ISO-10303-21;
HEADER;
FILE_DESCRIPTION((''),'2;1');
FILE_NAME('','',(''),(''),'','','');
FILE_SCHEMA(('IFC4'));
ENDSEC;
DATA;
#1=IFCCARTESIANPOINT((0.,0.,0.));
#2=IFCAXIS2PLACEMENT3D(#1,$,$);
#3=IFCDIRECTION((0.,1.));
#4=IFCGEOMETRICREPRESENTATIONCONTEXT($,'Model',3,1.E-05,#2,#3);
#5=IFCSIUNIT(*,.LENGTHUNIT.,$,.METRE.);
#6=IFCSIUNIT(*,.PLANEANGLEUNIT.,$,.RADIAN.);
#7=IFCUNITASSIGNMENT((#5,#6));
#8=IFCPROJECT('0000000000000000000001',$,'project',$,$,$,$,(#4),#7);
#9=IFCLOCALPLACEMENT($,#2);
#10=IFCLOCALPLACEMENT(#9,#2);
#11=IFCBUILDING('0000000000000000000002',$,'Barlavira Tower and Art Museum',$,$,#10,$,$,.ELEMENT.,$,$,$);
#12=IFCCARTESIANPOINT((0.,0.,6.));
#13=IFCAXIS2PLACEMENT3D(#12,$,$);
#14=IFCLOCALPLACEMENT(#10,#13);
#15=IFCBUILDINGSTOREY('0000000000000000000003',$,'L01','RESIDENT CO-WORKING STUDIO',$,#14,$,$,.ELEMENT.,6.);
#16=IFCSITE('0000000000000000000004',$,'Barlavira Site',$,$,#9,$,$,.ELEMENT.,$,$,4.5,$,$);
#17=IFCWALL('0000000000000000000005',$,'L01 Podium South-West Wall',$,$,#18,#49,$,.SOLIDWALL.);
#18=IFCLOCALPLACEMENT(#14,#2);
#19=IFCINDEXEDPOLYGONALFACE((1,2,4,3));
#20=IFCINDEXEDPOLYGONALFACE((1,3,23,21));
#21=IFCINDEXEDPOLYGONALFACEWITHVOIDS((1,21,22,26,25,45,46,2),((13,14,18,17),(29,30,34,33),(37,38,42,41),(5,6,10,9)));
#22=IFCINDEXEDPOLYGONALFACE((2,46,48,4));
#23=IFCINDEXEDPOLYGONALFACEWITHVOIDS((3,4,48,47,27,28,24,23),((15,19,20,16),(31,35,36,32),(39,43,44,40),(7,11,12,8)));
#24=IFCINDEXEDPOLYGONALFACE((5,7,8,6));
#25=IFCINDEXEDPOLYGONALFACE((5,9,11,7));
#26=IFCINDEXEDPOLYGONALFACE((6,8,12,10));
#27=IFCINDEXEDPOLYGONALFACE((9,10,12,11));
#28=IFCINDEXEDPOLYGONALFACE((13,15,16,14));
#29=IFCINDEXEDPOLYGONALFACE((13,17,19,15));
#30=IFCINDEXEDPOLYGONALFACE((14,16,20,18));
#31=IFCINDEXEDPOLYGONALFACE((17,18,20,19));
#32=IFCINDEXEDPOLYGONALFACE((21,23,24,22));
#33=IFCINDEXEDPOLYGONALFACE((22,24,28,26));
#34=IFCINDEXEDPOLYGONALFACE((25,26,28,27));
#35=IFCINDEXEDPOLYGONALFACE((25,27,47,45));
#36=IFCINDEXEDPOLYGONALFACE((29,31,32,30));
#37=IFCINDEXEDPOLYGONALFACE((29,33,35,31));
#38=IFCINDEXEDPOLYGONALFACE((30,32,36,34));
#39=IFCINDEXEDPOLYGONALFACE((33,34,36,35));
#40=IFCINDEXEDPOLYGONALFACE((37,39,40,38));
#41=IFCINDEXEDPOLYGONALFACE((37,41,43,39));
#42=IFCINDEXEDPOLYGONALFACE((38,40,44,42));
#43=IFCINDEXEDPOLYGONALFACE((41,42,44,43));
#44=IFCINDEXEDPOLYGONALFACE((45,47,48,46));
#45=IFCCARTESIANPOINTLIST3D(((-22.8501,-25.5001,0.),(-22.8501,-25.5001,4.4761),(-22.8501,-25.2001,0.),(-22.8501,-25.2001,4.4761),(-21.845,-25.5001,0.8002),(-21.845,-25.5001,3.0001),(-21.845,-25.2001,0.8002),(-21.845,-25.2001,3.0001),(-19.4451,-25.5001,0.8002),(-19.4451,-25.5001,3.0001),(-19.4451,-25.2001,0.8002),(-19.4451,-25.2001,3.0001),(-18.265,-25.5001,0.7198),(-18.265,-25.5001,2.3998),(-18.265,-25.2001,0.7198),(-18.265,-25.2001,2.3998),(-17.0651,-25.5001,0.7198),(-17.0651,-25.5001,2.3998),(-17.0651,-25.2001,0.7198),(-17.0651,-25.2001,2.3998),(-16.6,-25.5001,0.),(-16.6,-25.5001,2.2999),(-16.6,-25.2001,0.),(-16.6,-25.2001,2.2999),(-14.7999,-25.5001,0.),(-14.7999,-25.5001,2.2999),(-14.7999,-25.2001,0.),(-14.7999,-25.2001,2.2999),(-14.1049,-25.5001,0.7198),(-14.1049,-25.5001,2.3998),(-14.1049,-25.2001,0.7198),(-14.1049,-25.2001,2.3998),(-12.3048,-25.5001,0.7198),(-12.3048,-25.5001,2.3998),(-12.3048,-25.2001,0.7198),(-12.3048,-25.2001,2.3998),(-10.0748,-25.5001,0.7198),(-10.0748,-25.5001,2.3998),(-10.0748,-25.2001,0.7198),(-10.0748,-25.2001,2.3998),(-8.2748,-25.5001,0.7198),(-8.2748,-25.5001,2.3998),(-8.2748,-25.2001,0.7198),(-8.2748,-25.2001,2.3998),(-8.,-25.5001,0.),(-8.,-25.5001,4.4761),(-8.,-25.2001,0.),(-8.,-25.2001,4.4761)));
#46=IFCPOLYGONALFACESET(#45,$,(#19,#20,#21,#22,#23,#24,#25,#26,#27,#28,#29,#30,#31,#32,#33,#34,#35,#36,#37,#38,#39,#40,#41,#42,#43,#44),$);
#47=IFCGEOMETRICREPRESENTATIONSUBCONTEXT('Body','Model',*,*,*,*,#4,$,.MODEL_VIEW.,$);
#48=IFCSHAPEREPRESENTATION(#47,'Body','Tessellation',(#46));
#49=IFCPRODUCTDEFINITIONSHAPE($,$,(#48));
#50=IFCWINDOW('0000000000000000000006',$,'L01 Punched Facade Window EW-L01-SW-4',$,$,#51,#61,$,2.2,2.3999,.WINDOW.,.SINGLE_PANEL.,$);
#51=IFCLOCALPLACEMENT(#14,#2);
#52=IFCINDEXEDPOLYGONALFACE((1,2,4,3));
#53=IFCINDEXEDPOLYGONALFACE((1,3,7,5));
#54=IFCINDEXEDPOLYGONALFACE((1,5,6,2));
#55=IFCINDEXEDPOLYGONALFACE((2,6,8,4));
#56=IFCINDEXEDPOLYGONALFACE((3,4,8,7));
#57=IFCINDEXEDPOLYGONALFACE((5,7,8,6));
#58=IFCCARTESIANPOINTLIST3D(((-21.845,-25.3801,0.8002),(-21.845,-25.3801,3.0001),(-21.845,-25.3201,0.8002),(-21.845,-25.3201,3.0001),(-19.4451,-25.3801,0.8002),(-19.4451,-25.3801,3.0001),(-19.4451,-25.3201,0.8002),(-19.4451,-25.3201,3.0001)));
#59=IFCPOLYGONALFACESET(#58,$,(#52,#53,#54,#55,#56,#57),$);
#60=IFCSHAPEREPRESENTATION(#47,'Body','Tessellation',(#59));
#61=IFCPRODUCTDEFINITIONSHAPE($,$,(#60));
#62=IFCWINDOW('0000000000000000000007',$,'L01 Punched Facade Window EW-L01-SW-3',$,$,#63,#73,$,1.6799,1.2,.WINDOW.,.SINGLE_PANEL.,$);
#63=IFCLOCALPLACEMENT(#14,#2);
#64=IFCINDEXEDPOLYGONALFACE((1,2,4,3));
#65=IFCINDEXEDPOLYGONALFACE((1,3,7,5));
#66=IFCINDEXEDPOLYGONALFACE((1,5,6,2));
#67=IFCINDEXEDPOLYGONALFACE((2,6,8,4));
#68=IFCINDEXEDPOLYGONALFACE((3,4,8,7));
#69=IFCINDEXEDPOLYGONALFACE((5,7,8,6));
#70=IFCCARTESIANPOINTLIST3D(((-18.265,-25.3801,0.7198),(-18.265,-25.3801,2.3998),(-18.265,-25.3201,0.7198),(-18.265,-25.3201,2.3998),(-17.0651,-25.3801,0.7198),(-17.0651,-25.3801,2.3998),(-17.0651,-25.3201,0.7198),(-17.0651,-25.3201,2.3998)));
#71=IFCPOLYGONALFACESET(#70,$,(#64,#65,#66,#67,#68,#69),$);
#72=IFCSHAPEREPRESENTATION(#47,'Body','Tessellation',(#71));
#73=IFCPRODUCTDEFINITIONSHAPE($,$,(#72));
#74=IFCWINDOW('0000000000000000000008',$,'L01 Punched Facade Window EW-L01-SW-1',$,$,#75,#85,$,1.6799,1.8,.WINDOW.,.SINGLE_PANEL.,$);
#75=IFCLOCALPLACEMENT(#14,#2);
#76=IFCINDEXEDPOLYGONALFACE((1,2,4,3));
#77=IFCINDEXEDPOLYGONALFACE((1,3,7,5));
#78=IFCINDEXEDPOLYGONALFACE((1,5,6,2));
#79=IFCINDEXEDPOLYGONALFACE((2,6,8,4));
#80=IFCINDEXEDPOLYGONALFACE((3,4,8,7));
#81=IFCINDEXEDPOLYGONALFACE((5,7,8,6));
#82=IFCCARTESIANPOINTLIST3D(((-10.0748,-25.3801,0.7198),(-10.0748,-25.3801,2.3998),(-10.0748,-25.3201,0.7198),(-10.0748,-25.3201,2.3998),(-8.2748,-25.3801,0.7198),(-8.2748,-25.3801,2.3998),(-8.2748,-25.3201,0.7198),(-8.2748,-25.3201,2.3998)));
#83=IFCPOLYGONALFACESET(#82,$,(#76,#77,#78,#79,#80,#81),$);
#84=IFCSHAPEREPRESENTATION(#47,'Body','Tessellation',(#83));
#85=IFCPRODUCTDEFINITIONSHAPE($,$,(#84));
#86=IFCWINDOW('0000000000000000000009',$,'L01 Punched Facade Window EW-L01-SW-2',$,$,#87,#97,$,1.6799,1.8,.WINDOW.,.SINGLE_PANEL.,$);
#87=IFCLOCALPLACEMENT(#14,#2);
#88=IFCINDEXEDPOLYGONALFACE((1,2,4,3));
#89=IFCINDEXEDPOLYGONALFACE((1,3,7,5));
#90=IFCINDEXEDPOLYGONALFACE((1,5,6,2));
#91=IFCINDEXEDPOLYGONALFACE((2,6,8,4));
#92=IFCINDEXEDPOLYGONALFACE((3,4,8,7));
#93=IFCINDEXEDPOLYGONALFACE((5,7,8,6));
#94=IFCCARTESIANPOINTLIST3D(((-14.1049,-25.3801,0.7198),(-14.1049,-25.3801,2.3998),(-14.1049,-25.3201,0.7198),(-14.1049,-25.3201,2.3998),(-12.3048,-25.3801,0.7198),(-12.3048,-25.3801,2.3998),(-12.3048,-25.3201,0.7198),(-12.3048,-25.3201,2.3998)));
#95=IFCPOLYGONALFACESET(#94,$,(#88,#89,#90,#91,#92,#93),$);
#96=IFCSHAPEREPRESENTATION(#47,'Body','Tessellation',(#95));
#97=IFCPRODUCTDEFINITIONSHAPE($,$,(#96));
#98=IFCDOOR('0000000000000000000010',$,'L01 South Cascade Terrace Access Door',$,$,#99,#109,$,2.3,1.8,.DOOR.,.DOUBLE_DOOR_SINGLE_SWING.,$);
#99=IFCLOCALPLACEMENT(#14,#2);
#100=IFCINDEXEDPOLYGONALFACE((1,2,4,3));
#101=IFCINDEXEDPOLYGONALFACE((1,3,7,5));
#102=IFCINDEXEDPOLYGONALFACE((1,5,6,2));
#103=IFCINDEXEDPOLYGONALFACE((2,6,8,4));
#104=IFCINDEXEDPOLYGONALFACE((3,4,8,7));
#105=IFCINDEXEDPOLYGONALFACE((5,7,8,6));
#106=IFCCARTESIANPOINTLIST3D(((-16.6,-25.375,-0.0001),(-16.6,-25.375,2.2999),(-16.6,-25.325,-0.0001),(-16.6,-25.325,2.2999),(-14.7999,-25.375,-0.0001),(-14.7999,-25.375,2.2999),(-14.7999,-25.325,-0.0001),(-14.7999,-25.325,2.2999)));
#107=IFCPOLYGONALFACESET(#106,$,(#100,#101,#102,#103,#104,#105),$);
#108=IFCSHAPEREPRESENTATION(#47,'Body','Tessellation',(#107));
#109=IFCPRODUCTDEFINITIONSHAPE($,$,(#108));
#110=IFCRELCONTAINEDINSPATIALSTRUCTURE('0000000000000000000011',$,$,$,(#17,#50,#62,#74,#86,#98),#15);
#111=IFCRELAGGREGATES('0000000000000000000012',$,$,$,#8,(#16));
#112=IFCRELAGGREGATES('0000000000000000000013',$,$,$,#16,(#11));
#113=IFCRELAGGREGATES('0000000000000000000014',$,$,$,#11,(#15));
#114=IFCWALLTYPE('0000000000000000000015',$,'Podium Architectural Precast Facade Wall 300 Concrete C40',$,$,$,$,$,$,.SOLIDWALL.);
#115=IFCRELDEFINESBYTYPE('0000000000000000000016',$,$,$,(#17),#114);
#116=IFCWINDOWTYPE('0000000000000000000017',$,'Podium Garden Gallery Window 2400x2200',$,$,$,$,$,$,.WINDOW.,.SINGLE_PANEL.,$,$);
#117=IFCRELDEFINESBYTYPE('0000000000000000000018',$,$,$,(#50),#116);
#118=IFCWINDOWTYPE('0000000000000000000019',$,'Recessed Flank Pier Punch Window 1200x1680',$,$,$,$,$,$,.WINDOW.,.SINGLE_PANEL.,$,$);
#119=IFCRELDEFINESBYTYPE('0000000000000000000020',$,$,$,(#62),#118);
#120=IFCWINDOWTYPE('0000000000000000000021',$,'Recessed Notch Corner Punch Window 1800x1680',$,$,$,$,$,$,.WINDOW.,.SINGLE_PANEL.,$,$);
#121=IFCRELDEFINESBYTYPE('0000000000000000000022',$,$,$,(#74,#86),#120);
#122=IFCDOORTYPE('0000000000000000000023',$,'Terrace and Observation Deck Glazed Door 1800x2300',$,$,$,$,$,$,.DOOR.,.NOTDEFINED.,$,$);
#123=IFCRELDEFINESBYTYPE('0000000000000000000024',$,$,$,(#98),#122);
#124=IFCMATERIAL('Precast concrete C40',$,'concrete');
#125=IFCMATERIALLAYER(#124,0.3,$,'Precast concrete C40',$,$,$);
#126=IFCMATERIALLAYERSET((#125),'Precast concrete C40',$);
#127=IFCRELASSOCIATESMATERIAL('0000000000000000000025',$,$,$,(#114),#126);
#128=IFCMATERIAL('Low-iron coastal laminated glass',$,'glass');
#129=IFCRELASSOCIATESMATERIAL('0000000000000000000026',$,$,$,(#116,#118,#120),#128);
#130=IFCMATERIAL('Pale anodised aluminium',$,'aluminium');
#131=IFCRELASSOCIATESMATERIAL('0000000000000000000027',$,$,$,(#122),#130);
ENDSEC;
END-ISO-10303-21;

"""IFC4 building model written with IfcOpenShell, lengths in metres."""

from ifc_helpers import new_model, si_unit, direction, frame, frame_2d, origin, place, context, subcontext, project, spatial, rectangle, extrude, material, layer, layer_set, type_object, element, fill, save


model = new_model("IFC4")

# Units and contexts
model_context = context("Model", 3, precision=1e-05, world=origin(), true_north=direction((0.0, 1.0)))
body_context = subcontext(model_context, "Body", "Model", "MODEL_VIEW")
ifc_project = project(units=[si_unit("LENGTHUNIT", "METRE"), si_unit("PLANEANGLEUNIT", "RADIAN")], contexts=[model_context])

# Site, building, storey
site_placement = place(None, origin())
site = spatial("IfcSite", under=ifc_project, at=site_placement, Name="Barlavira Site", CompositionType="ELEMENT", RefElevation=4.5)
building_placement = place(site_placement, origin())
building = spatial("IfcBuilding", under=site, at=building_placement, Name="Barlavira Tower and Art Museum", CompositionType="ELEMENT")
storey_placement = place(building_placement, frame((0.0, 0.0, 6.0)))
storey = spatial("IfcBuildingStorey", under=building, at=storey_placement, Name="L01", Description="RESIDENT CO-WORKING STUDIO", CompositionType="ELEMENT", Elevation=6.0)

# Shared definitions
ifc_material_1 = material(Name="Low-iron coastal laminated glass", Category="glass")
ifc_material_2 = material(Name="Pale anodised aluminium", Category="aluminium")

# Shared definitions
ifc_material_3 = material(Name="Precast concrete C40", Category="concrete")

# Wall, openings, windows, door
ifc_layer_1 = layer(ifc_material_3, 0.3, Name="Precast concrete C40")
ifc_layer_set_1 = layer_set([ifc_layer_1], Name="Precast concrete C40")
wall_type_1 = type_object("IfcWallType", Name="Podium Architectural Precast Facade Wall 300 Concrete C40", PredefinedType="SOLIDWALL", material=ifc_layer_set_1)
wall_1_placement = place(storey_placement, frame((-8.0, -25.3501, 0.0), z_axis=(0.0, 0.0, 1.0), x_axis=(-1.0, 0.0, 0.0)))
wall_1 = element("IfcWall", 1, at=wall_1_placement, inside=storey, type_object=wall_type_1, Name="L01 Podium South-West Wall", PredefinedType="SOLIDWALL", context=body_context, shape_type="SweptSolid", body=[
    extrude(rectangle(XDim=14.8501, YDim=0.3, at=frame_2d((7.425, 0.0))), origin(), (0.0, 0.0, 1.0), 4.4761),
])
opening_1_placement = place(wall_1_placement, frame((6.8, 0.0, 0.0)))
opening_1 = element("IfcOpeningElement", 2, at=opening_1_placement, cuts=wall_1, PredefinedType="OPENING", context=body_context, shape_type="SweptSolid", body=[
    extrude(rectangle(XDim=1.8, YDim=2.3, at=frame_2d((0.8999, 1.1499))), frame((0.0, 0.1602, 0.0), z_axis=(0.0, -1.0, 0.0), x_axis=(1.0, 0.0, 0.0)), (0.0, 0.0, 1.0), 0.3201),
])
opening_2_placement = place(wall_1_placement, frame((0.2749, 0.0, 0.72)))
opening_2 = element("IfcOpeningElement", 3, at=opening_2_placement, cuts=wall_1, PredefinedType="OPENING", context=body_context, shape_type="SweptSolid", body=[
    extrude(rectangle(XDim=1.8, YDim=1.6799, at=frame_2d((0.8999, 0.8398))), frame((0.0, 0.1602, 0.0), z_axis=(0.0, -1.0, 0.0), x_axis=(1.0, 0.0, 0.0)), (0.0, 0.0, 1.0), 0.3201),
])
opening_3_placement = place(wall_1_placement, frame((4.3049, 0.0, 0.72)))
opening_3 = element("IfcOpeningElement", 4, at=opening_3_placement, cuts=wall_1, PredefinedType="OPENING", context=body_context, shape_type="SweptSolid", body=[
    extrude(rectangle(XDim=1.8, YDim=1.6799, at=frame_2d((0.8999, 0.8398))), frame((0.0, 0.1602, 0.0), z_axis=(0.0, -1.0, 0.0), x_axis=(1.0, 0.0, 0.0)), (0.0, 0.0, 1.0), 0.3201),
])
opening_4_placement = place(wall_1_placement, frame((9.0649, 0.0, 0.72)))
opening_4 = element("IfcOpeningElement", 5, at=opening_4_placement, cuts=wall_1, PredefinedType="OPENING", context=body_context, shape_type="SweptSolid", body=[
    extrude(rectangle(XDim=1.2, YDim=1.6799, at=frame_2d((0.6001, 0.8398))), frame((0.0, 0.1602, 0.0), z_axis=(0.0, -1.0, 0.0), x_axis=(1.0, 0.0, 0.0)), (0.0, 0.0, 1.0), 0.3201),
])
opening_5_placement = place(wall_1_placement, frame((11.4451, 0.0, 0.8)))
opening_5 = element("IfcOpeningElement", 6, at=opening_5_placement, cuts=wall_1, PredefinedType="OPENING", context=body_context, shape_type="SweptSolid", body=[
    extrude(rectangle(XDim=2.3999, YDim=2.2, at=frame_2d((1.2, 1.1001))), frame((0.0, 0.1602, 0.0), z_axis=(0.0, -1.0, 0.0), x_axis=(1.0, 0.0, 0.0)), (0.0, 0.0, 1.0), 0.3201),
])
window_type_1 = type_object("IfcWindowType", Name="Podium Garden Gallery Window 2400x2200", PartitioningType="SINGLE_PANEL", PredefinedType="WINDOW", material=ifc_material_1)
window_1_placement = place(opening_5_placement, origin())
window_1 = element("IfcWindow", 7, at=window_1_placement, inside=storey, type_object=window_type_1, Name="L01 Punched Facade Window EW-L01-SW-4", OverallHeight=2.2, OverallWidth=2.3999, PartitioningType="SINGLE_PANEL", PredefinedType="WINDOW", context=body_context, shape_type="SweptSolid", body=[
    extrude(rectangle(XDim=2.3999, YDim=2.2, at=frame_2d((1.2, 1.1001))), frame((0.0, 0.03, 0.0), z_axis=(0.0, -1.0, 0.0), x_axis=(1.0, 0.0, 0.0)), (0.0, 0.0, 1.0), 0.0601),
])
fill(opening_5, window_1)
window_type_2 = type_object("IfcWindowType", Name="Recessed Flank Pier Punch Window 1200x1680", PartitioningType="SINGLE_PANEL", PredefinedType="WINDOW", material=ifc_material_1)
window_2_placement = place(opening_4_placement, origin())
window_2 = element("IfcWindow", 8, at=window_2_placement, inside=storey, type_object=window_type_2, Name="L01 Punched Facade Window EW-L01-SW-3", OverallHeight=1.6799, OverallWidth=1.2, PartitioningType="SINGLE_PANEL", PredefinedType="WINDOW", context=body_context, shape_type="SweptSolid", body=[
    extrude(rectangle(XDim=1.2, YDim=1.6799, at=frame_2d((0.6001, 0.8398))), frame((0.0, 0.03, 0.0), z_axis=(0.0, -1.0, 0.0), x_axis=(1.0, 0.0, 0.0)), (0.0, 0.0, 1.0), 0.0601),
])
fill(opening_4, window_2)
window_type_3 = type_object("IfcWindowType", Name="Recessed Notch Corner Punch Window 1800x1680", PartitioningType="SINGLE_PANEL", PredefinedType="WINDOW", material=ifc_material_1)
window_3_placement = place(opening_2_placement, origin())
window_3 = element("IfcWindow", 9, at=window_3_placement, inside=storey, type_object=window_type_3, Name="L01 Punched Facade Window EW-L01-SW-1", OverallHeight=1.6799, OverallWidth=1.8, PartitioningType="SINGLE_PANEL", PredefinedType="WINDOW", context=body_context, shape_type="SweptSolid", body=[
    extrude(rectangle(XDim=1.8, YDim=1.6799, at=frame_2d((0.8999, 0.8398))), frame((0.0, 0.03, 0.0), z_axis=(0.0, -1.0, 0.0), x_axis=(1.0, 0.0, 0.0)), (0.0, 0.0, 1.0), 0.0601),
])
fill(opening_2, window_3)
window_4_placement = place(opening_3_placement, origin())
window_4 = element("IfcWindow", 10, at=window_4_placement, inside=storey, type_object=window_type_3, Name="L01 Punched Facade Window EW-L01-SW-2", OverallHeight=1.6799, OverallWidth=1.8, PartitioningType="SINGLE_PANEL", PredefinedType="WINDOW", context=body_context, shape_type="SweptSolid", body=[
    extrude(rectangle(XDim=1.8, YDim=1.6799, at=frame_2d((0.8999, 0.8398))), frame((0.0, 0.03, 0.0), z_axis=(0.0, -1.0, 0.0), x_axis=(1.0, 0.0, 0.0)), (0.0, 0.0, 1.0), 0.0601),
])
fill(opening_3, window_4)
door_type_1 = type_object("IfcDoorType", Name="Terrace and Observation Deck Glazed Door 1800x2300", OperationType="NOTDEFINED", PredefinedType="DOOR", material=ifc_material_2)
door_1_placement = place(opening_1_placement, origin())
door_1 = element("IfcDoor", 11, at=door_1_placement, inside=storey, type_object=door_type_1, Name="L01 South Cascade Terrace Access Door", OperationType="DOUBLE_DOOR_SINGLE_SWING", OverallHeight=2.3, OverallWidth=1.8, PredefinedType="DOOR", context=body_context, shape_type="SweptSolid", body=[
    extrude(rectangle(XDim=1.8, YDim=2.3, at=frame_2d((0.8999, 1.1499))), frame((0.0, 0.0249, 0.0), z_axis=(0.0, -1.0, 0.0), x_axis=(1.0, 0.0, 0.0)), (0.0, 0.0, 1.0), 0.05),
])
fill(opening_1, door_1)

save(model, "model.ifc")
